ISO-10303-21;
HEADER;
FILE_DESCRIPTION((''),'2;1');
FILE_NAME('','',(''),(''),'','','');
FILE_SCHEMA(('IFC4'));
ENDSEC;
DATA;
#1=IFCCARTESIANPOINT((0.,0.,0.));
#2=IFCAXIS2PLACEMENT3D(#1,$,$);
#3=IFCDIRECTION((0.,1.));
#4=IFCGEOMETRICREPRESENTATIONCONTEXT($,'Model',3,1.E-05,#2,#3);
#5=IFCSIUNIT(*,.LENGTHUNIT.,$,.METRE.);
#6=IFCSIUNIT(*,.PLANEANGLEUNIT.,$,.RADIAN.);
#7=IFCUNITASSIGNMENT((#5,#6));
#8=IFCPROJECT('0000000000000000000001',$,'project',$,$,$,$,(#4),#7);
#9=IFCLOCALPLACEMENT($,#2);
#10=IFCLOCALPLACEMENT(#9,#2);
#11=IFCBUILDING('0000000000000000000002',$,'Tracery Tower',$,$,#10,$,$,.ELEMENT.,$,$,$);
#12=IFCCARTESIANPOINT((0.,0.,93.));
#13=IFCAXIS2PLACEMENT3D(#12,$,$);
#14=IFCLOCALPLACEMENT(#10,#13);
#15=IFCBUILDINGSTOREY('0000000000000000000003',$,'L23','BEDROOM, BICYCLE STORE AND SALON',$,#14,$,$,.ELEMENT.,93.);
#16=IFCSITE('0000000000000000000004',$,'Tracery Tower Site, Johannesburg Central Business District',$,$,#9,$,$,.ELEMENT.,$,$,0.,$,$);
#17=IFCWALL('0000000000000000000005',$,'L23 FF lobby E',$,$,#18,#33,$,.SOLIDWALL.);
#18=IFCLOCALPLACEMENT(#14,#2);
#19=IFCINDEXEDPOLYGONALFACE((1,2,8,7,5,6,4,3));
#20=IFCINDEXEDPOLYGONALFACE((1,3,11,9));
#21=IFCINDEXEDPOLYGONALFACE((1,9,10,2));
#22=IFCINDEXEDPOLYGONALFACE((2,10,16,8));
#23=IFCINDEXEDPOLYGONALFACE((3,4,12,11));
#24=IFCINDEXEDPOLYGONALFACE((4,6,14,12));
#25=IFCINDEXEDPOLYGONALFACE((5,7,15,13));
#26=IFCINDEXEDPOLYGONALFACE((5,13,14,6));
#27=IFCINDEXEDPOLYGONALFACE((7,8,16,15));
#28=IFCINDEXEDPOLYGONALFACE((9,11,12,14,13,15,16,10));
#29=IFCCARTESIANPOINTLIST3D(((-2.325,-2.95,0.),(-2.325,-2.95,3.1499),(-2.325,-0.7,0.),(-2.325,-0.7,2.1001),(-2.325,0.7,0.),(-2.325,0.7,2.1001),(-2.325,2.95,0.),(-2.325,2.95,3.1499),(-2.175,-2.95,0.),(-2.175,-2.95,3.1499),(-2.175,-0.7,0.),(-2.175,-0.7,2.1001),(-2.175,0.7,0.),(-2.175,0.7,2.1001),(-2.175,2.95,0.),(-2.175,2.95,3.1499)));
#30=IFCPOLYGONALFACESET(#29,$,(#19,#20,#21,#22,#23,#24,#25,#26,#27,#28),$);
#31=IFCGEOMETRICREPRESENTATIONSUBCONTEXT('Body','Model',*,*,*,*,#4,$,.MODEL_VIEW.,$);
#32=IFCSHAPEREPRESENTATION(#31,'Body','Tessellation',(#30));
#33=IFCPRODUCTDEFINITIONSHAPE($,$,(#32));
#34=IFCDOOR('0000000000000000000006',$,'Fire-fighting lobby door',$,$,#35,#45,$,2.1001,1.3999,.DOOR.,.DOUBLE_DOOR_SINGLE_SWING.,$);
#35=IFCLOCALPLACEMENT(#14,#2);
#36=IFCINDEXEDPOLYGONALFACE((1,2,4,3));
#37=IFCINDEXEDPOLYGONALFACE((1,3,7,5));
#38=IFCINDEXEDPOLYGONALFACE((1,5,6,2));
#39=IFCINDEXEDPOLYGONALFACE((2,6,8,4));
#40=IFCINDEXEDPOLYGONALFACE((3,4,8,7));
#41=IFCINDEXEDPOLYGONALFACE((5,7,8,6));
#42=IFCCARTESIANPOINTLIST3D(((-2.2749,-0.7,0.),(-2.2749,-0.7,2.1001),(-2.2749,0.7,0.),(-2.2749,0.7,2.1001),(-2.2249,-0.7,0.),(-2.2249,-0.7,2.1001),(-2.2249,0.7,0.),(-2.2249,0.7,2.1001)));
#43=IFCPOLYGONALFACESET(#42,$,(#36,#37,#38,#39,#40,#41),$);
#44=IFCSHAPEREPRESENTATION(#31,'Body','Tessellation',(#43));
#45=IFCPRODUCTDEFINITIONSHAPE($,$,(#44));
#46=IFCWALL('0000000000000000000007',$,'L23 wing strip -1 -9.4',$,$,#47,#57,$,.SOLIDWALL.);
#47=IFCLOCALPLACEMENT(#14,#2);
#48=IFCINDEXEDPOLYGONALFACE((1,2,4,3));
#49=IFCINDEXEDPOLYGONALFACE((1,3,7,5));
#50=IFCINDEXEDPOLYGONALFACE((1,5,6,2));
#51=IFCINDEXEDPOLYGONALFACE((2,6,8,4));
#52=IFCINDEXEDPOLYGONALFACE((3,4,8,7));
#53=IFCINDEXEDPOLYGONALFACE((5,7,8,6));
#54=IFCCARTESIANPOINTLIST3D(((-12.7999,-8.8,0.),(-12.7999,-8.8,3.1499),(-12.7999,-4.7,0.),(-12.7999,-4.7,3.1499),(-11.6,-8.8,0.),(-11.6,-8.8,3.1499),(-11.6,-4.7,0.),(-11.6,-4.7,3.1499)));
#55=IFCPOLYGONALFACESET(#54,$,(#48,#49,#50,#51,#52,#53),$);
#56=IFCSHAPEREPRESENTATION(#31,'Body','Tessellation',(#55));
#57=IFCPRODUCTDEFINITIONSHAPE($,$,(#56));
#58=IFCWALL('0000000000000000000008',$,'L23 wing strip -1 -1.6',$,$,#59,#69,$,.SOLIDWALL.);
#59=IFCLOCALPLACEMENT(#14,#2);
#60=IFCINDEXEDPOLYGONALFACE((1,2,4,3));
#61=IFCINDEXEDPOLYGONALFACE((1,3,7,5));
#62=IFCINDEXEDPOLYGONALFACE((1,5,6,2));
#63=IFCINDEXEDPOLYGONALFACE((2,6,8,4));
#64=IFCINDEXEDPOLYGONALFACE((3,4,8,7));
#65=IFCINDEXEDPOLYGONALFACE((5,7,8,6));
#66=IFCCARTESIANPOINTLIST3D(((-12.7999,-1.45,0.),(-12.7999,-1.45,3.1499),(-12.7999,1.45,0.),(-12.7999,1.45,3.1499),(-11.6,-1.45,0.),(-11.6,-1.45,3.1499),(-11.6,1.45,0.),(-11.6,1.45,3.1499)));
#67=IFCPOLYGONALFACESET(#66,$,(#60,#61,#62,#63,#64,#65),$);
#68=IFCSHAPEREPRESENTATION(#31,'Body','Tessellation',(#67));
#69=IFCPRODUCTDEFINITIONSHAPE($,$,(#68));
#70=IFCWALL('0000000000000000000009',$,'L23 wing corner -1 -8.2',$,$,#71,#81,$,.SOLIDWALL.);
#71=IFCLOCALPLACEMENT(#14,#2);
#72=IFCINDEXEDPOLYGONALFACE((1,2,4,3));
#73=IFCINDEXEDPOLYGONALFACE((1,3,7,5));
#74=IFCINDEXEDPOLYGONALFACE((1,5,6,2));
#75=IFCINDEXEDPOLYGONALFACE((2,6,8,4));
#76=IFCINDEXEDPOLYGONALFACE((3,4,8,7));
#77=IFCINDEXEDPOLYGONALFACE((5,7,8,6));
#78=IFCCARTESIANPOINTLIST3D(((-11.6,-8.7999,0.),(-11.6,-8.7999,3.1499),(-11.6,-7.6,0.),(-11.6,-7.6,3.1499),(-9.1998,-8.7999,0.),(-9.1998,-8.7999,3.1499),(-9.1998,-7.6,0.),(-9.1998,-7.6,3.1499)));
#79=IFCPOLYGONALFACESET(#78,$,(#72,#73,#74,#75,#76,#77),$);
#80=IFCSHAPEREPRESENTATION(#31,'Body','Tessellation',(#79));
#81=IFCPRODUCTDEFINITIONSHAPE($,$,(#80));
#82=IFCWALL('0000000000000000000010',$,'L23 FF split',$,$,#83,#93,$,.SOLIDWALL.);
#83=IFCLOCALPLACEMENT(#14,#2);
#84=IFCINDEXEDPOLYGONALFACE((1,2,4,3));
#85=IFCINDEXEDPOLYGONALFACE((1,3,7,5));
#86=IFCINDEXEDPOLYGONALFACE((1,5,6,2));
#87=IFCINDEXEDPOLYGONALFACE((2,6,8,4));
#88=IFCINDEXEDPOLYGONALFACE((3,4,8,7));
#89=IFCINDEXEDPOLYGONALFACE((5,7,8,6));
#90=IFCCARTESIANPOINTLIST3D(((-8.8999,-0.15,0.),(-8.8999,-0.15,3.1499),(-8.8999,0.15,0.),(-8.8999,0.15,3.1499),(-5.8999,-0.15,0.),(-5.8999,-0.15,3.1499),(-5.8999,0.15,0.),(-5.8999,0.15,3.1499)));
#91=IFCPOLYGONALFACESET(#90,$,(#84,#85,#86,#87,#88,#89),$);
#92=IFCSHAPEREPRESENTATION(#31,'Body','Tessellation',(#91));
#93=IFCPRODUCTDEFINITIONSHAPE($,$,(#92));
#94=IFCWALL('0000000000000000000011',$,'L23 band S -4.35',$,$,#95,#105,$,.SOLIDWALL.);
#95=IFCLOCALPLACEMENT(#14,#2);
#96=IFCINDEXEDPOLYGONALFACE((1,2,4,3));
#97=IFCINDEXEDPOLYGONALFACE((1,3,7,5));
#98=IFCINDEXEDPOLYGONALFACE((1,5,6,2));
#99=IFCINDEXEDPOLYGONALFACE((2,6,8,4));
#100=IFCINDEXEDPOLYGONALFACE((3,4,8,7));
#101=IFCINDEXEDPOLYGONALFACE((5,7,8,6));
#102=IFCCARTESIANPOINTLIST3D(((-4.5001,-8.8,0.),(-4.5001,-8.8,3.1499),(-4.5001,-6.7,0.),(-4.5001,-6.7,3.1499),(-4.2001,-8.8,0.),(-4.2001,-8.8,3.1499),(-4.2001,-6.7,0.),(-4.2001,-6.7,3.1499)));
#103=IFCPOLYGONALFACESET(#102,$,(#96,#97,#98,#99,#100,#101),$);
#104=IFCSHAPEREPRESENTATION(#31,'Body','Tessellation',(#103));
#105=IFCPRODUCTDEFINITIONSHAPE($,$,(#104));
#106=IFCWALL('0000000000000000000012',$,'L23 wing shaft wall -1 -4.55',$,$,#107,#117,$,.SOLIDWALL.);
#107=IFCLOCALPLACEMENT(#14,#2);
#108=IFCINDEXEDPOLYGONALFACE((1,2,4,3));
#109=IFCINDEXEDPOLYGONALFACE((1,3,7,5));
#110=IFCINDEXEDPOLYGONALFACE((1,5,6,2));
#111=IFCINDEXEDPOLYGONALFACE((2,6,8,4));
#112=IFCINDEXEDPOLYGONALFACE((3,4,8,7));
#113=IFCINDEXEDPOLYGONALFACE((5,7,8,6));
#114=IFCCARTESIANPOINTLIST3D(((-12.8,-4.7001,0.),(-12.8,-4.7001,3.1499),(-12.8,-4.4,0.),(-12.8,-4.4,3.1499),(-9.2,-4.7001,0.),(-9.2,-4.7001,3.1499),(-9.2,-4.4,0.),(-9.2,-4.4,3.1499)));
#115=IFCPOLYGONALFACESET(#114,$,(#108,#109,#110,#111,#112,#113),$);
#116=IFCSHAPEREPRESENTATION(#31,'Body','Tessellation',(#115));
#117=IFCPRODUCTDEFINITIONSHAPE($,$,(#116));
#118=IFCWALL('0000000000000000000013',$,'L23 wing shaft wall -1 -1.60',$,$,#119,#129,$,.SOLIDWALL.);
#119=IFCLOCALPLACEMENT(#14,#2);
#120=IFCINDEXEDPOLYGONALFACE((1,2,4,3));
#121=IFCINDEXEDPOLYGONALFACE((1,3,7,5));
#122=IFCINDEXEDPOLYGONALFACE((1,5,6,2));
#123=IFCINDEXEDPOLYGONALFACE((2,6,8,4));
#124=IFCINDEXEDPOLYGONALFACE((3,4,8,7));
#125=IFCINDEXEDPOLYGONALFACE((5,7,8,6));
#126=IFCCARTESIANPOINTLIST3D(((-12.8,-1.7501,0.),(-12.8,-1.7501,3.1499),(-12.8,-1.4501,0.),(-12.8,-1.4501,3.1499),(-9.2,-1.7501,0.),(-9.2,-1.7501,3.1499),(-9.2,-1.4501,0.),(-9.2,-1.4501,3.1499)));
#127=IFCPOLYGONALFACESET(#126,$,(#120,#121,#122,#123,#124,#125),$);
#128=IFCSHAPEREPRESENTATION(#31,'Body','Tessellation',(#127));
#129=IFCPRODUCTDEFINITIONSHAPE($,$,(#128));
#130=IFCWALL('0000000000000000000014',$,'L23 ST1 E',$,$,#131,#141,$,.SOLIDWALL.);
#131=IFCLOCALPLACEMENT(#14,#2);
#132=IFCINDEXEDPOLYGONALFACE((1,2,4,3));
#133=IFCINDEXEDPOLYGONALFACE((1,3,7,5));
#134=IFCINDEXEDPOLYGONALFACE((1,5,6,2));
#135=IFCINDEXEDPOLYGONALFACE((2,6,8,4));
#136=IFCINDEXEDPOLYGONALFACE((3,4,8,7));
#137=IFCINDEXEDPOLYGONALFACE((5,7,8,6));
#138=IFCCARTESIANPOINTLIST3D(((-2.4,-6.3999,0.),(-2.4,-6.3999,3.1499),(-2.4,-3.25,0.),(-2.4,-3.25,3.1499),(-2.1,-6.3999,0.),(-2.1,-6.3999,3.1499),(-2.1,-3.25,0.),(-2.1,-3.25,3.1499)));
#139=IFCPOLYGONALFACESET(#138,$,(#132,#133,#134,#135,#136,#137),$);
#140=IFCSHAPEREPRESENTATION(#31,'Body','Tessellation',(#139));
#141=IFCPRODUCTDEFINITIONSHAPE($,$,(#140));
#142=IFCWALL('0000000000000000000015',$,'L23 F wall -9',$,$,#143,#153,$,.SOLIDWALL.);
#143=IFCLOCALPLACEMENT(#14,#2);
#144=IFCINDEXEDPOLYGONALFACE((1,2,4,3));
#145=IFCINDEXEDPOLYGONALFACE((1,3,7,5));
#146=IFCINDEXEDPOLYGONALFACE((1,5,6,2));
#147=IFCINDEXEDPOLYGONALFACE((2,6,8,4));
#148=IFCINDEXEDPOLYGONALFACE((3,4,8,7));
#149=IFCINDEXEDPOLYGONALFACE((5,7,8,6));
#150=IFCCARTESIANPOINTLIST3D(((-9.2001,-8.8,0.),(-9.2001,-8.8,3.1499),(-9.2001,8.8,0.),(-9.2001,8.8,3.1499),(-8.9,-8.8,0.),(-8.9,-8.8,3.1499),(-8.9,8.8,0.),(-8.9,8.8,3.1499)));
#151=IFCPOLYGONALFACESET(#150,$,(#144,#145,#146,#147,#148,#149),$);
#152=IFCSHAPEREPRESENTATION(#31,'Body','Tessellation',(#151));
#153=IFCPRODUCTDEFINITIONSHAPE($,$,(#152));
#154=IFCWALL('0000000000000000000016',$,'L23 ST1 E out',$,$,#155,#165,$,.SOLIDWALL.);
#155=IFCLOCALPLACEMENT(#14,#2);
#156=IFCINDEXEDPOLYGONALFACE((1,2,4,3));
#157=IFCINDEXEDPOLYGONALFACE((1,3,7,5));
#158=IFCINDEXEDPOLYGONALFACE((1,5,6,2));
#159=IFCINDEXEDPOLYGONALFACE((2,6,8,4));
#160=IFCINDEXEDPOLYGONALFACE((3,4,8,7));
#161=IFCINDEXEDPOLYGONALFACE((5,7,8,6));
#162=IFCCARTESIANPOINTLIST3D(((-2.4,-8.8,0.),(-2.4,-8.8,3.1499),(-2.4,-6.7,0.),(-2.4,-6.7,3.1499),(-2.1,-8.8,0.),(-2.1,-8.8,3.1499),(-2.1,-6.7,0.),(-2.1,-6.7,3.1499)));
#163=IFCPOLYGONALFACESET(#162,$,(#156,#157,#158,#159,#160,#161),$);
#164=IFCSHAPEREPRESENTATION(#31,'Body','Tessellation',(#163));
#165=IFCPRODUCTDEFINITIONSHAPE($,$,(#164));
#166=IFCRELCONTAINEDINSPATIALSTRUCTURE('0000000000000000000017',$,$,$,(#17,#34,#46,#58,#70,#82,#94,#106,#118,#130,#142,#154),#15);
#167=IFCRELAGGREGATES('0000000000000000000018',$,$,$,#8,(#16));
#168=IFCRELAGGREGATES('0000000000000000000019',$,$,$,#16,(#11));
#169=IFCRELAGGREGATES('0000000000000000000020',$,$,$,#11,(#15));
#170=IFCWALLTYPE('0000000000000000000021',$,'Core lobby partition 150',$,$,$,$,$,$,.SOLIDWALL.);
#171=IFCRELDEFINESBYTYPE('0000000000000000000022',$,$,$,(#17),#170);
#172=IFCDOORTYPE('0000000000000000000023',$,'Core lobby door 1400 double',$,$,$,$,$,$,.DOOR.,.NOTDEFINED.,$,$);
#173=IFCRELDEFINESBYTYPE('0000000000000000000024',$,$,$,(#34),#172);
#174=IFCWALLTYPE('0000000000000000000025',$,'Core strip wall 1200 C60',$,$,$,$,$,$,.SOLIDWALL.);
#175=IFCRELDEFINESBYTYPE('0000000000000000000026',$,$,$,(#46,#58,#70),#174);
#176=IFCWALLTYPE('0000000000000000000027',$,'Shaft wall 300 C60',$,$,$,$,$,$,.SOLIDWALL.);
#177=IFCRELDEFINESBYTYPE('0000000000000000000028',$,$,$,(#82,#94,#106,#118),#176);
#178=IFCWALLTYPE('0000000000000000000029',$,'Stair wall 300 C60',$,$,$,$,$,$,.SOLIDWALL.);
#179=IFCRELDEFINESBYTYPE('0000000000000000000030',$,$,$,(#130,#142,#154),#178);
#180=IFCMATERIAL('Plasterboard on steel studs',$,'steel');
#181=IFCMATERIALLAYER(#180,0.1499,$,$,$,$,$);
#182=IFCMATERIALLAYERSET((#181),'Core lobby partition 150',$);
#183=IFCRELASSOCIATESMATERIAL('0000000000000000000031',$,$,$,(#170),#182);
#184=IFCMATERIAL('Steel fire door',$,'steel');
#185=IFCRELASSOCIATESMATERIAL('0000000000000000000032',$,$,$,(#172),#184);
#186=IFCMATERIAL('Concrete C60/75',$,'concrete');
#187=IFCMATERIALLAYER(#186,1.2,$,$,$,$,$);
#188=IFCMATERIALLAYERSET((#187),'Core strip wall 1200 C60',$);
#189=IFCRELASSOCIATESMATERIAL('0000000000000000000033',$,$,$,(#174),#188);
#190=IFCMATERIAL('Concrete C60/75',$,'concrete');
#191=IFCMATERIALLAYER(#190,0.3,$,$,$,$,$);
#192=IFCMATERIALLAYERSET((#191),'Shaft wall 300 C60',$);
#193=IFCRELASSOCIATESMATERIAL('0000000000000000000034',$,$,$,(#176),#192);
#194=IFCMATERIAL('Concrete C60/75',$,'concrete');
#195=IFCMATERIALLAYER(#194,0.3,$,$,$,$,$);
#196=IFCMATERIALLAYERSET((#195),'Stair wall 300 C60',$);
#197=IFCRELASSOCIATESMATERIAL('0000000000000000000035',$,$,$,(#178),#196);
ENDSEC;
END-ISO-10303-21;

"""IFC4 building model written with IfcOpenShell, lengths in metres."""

from ifc_helpers import new_model, si_unit, direction, frame, frame_2d, origin, place, context, subcontext, project, spatial, rectangle, extrude, material, layer, layer_set, type_object, element, fill, save


model = new_model("IFC4")

# Units and contexts
model_context = context("Model", 3, precision=1e-05, world=origin(), true_north=direction((0.0, 1.0)))
body_context = subcontext(model_context, "Body", "Model", "MODEL_VIEW")
ifc_project = project(units=[si_unit("LENGTHUNIT", "METRE"), si_unit("PLANEANGLEUNIT", "RADIAN")], contexts=[model_context])

# Site, building, storey
site_placement = place(None, origin())
site = spatial("IfcSite", under=ifc_project, at=site_placement, Name="Tracery Tower Site, Johannesburg Central Business District", CompositionType="ELEMENT", RefElevation=0.0)
building_placement = place(site_placement, origin())
building = spatial("IfcBuilding", under=site, at=building_placement, Name="Tracery Tower", CompositionType="ELEMENT")
storey_placement = place(building_placement, frame((0.0, 0.0, 93.0)))
storey = spatial("IfcBuildingStorey", under=building, at=storey_placement, Name="L23", Description="BEDROOM, BICYCLE STORE AND SALON", CompositionType="ELEMENT", Elevation=93.0)

# Wall, opening, door
ifc_material_1 = material(Name="Plasterboard on steel studs", Category="steel")
ifc_layer_1 = layer(ifc_material_1, 0.1499)
ifc_layer_set_1 = layer_set([ifc_layer_1], Name="Core lobby partition 150")
wall_type_1 = type_object("IfcWallType", Name="Core lobby partition 150", PredefinedType="SOLIDWALL", material=ifc_layer_set_1)
wall_1_placement = place(storey_placement, frame((-2.25, -2.95, 0.0), z_axis=(0.0, 0.0, 1.0), x_axis=(0.0, 1.0, 0.0)))
wall_1 = element("IfcWall", 1, at=wall_1_placement, inside=storey, type_object=wall_type_1, Name="L23 FF lobby E", PredefinedType="SOLIDWALL", context=body_context, shape_type="SweptSolid", body=[
    extrude(rectangle(XDim=5.8999, YDim=0.1499, at=frame_2d((2.95, 0.0))), origin(), (0.0, 0.0, 1.0), 3.1499),
])
opening_1_placement = place(wall_1_placement, frame((2.25, 0.0, 0.0)))
opening_1 = element("IfcOpeningElement", 2, at=opening_1_placement, cuts=wall_1, PredefinedType="OPENING", context=body_context, shape_type="SweptSolid", body=[
    extrude(rectangle(XDim=1.3999, YDim=2.1001, at=frame_2d((0.7, 1.05))), frame((0.0, 0.075, 0.0), z_axis=(0.0, -1.0, 0.0), x_axis=(1.0, 0.0, 0.0)), (0.0, 0.0, 1.0), 0.1499),
])
ifc_material_2 = material(Name="Steel fire door", Category="steel")
door_type_1 = type_object("IfcDoorType", Name="Core lobby door 1400 double", OperationType="NOTDEFINED", PredefinedType="DOOR", material=ifc_material_2)
door_1_placement = place(opening_1_placement, origin())
door_1 = element("IfcDoor", 3, at=door_1_placement, inside=storey, type_object=door_type_1, Name="Fire-fighting lobby door", OperationType="DOUBLE_DOOR_SINGLE_SWING", OverallHeight=2.1001, OverallWidth=1.3999, PredefinedType="DOOR", context=body_context, shape_type="SweptSolid", body=[
    extrude(rectangle(XDim=1.3999, YDim=2.1001, at=frame_2d((0.7, 1.05))), frame((0.0, 0.0249, 0.0), z_axis=(0.0, -1.0, 0.0), x_axis=(1.0, 0.0, 0.0)), (0.0, 0.0, 1.0), 0.05),
])
fill(opening_1, door_1)

# Walls
ifc_material_3 = material(Name="Concrete C60/75", Category="concrete")
ifc_layer_2 = layer(ifc_material_3, 1.2)
ifc_layer_set_2 = layer_set([ifc_layer_2], Name="Core strip wall 1200 C60")
wall_type_2 = type_object("IfcWallType", Name="Core strip wall 1200 C60", PredefinedType="SOLIDWALL", material=ifc_layer_set_2)
wall_2_placement = place(storey_placement, frame((-12.2, -8.8, 0.0), z_axis=(0.0, 0.0, 1.0), x_axis=(0.0, 1.0, 0.0)))
element("IfcWall", 4, at=wall_2_placement, inside=storey, type_object=wall_type_2, Name="L23 wing strip -1 -9.4", PredefinedType="SOLIDWALL", context=body_context, shape_type="SweptSolid", body=[
    extrude(rectangle(XDim=4.1001, YDim=1.2, at=frame_2d((2.05, 0.0))), origin(), (0.0, 0.0, 1.0), 3.1499),
])
wall_3_placement = place(storey_placement, frame((-12.2, -1.45, 0.0), z_axis=(0.0, 0.0, 1.0), x_axis=(0.0, 1.0, 0.0)))
element("IfcWall", 5, at=wall_3_placement, inside=storey, type_object=wall_type_2, Name="L23 wing strip -1 -1.6", PredefinedType="SOLIDWALL", context=body_context, shape_type="SweptSolid", body=[
    extrude(rectangle(XDim=2.8999, YDim=1.2, at=frame_2d((1.45, 0.0))), origin(), (0.0, 0.0, 1.0), 3.1499),
])
wall_4_placement = place(storey_placement, frame((-11.6001, -8.2, 0.0), z_axis=(0.0, 0.0, 1.0), x_axis=(1.0, 0.0, 0.0)))
element("IfcWall", 6, at=wall_4_placement, inside=storey, type_object=wall_type_2, Name="L23 wing corner -1 -8.2", PredefinedType="SOLIDWALL", context=body_context, shape_type="SweptSolid", body=[
    extrude(rectangle(XDim=2.4001, YDim=1.2, at=frame_2d((1.2002, 0.0))), origin(), (0.0, 0.0, 1.0), 3.1499),
])

# Wall
ifc_material_4 = material(Name="Concrete C60/75", Category="concrete")
ifc_layer_3 = layer(ifc_material_4, 0.3)
ifc_layer_set_3 = layer_set([ifc_layer_3], Name="Shaft wall 300 C60")
wall_type_3 = type_object("IfcWallType", Name="Shaft wall 300 C60", PredefinedType="SOLIDWALL", material=ifc_layer_set_3)
wall_5_placement = place(storey_placement, frame((-8.8999, 0.0, 0.0), z_axis=(0.0, 0.0, 1.0), x_axis=(1.0, 0.0, 0.0)))
element("IfcWall", 7, at=wall_5_placement, inside=storey, type_object=wall_type_3, Name="L23 FF split", PredefinedType="SOLIDWALL", context=body_context, shape_type="SweptSolid", body=[
    extrude(rectangle(XDim=3.0, YDim=0.3, at=frame_2d((1.5, 0.0))), origin(), (0.0, 0.0, 1.0), 3.1499),
])

# Walls
wall_6_placement = place(storey_placement, frame((-4.3501, -8.8, 0.0), z_axis=(0.0, 0.0, 1.0), x_axis=(0.0, 1.0, 0.0)))
element("IfcWall", 8, at=wall_6_placement, inside=storey, type_object=wall_type_3, Name="L23 band S -4.35", PredefinedType="SOLIDWALL", context=body_context, shape_type="SweptSolid", body=[
    extrude(rectangle(XDim=2.1001, YDim=0.3, at=frame_2d((1.05, 0.0))), origin(), (0.0, 0.0, 1.0), 3.1499),
])
for number, where, z_axis, x_axis, name in (
    (9, (-12.8, -4.55, 0.0), (0.0, 0.0, 1.0), (1.0, 0.0, 0.0), "L23 wing shaft wall -1 -4.55"),
    (10, (-12.8, -1.6001, 0.0), (0.0, 0.0, 1.0), (1.0, 0.0, 0.0), "L23 wing shaft wall -1 -1.60"),
):
    element("IfcWall", number, at=place(storey_placement, frame(where, z_axis=z_axis, x_axis=x_axis)), inside=storey, type_object=wall_type_3, Name=name, PredefinedType="SOLIDWALL", context=body_context, shape_type="SweptSolid", body=[
        extrude(rectangle(XDim=3.6001, YDim=0.3, at=frame_2d((1.8, 0.0))), origin(), (0.0, 0.0, 1.0), 3.1499),
    ])

# Shared definitions
ifc_material_5 = material(Name="Concrete C60/75", Category="concrete")
ifc_layer_4 = layer(ifc_material_5, 0.3)
ifc_layer_set_4 = layer_set([ifc_layer_4], Name="Stair wall 300 C60")
wall_type_4 = type_object("IfcWallType", Name="Stair wall 300 C60", PredefinedType="SOLIDWALL", material=ifc_layer_set_4)

# Walls
wall_7_placement = place(storey_placement, frame((-2.25, -6.3999, 0.0), z_axis=(0.0, 0.0, 1.0), x_axis=(0.0, 1.0, 0.0)))
element("IfcWall", 11, at=wall_7_placement, inside=storey, type_object=wall_type_4, Name="L23 ST1 E", PredefinedType="SOLIDWALL", context=body_context, shape_type="SweptSolid", body=[
    extrude(rectangle(XDim=3.1499, YDim=0.3, at=frame_2d((1.575, 0.0))), origin(), (0.0, 0.0, 1.0), 3.1499),
])
wall_8_placement = place(storey_placement, frame((-9.05, -8.8, 0.0), z_axis=(0.0, 0.0, 1.0), x_axis=(0.0, 1.0, 0.0)))
element("IfcWall", 12, at=wall_8_placement, inside=storey, type_object=wall_type_4, Name="L23 F wall -9", PredefinedType="SOLIDWALL", context=body_context, shape_type="SweptSolid", body=[
    extrude(rectangle(XDim=17.6001, YDim=0.3, at=frame_2d((8.8, 0.0))), origin(), (0.0, 0.0, 1.0), 3.1499),
])

# Wall
wall_9_placement = place(storey_placement, frame((-2.25, -8.8, 0.0), z_axis=(0.0, 0.0, 1.0), x_axis=(0.0, 1.0, 0.0)))
element("IfcWall", 13, at=wall_9_placement, inside=storey, type_object=wall_type_4, Name="L23 ST1 E out", PredefinedType="SOLIDWALL", context=body_context, shape_type="SweptSolid", body=[
    extrude(rectangle(XDim=2.1001, YDim=0.3, at=frame_2d((1.05, 0.0))), origin(), (0.0, 0.0, 1.0), 3.1499),
])

save(model, "model.ifc")
